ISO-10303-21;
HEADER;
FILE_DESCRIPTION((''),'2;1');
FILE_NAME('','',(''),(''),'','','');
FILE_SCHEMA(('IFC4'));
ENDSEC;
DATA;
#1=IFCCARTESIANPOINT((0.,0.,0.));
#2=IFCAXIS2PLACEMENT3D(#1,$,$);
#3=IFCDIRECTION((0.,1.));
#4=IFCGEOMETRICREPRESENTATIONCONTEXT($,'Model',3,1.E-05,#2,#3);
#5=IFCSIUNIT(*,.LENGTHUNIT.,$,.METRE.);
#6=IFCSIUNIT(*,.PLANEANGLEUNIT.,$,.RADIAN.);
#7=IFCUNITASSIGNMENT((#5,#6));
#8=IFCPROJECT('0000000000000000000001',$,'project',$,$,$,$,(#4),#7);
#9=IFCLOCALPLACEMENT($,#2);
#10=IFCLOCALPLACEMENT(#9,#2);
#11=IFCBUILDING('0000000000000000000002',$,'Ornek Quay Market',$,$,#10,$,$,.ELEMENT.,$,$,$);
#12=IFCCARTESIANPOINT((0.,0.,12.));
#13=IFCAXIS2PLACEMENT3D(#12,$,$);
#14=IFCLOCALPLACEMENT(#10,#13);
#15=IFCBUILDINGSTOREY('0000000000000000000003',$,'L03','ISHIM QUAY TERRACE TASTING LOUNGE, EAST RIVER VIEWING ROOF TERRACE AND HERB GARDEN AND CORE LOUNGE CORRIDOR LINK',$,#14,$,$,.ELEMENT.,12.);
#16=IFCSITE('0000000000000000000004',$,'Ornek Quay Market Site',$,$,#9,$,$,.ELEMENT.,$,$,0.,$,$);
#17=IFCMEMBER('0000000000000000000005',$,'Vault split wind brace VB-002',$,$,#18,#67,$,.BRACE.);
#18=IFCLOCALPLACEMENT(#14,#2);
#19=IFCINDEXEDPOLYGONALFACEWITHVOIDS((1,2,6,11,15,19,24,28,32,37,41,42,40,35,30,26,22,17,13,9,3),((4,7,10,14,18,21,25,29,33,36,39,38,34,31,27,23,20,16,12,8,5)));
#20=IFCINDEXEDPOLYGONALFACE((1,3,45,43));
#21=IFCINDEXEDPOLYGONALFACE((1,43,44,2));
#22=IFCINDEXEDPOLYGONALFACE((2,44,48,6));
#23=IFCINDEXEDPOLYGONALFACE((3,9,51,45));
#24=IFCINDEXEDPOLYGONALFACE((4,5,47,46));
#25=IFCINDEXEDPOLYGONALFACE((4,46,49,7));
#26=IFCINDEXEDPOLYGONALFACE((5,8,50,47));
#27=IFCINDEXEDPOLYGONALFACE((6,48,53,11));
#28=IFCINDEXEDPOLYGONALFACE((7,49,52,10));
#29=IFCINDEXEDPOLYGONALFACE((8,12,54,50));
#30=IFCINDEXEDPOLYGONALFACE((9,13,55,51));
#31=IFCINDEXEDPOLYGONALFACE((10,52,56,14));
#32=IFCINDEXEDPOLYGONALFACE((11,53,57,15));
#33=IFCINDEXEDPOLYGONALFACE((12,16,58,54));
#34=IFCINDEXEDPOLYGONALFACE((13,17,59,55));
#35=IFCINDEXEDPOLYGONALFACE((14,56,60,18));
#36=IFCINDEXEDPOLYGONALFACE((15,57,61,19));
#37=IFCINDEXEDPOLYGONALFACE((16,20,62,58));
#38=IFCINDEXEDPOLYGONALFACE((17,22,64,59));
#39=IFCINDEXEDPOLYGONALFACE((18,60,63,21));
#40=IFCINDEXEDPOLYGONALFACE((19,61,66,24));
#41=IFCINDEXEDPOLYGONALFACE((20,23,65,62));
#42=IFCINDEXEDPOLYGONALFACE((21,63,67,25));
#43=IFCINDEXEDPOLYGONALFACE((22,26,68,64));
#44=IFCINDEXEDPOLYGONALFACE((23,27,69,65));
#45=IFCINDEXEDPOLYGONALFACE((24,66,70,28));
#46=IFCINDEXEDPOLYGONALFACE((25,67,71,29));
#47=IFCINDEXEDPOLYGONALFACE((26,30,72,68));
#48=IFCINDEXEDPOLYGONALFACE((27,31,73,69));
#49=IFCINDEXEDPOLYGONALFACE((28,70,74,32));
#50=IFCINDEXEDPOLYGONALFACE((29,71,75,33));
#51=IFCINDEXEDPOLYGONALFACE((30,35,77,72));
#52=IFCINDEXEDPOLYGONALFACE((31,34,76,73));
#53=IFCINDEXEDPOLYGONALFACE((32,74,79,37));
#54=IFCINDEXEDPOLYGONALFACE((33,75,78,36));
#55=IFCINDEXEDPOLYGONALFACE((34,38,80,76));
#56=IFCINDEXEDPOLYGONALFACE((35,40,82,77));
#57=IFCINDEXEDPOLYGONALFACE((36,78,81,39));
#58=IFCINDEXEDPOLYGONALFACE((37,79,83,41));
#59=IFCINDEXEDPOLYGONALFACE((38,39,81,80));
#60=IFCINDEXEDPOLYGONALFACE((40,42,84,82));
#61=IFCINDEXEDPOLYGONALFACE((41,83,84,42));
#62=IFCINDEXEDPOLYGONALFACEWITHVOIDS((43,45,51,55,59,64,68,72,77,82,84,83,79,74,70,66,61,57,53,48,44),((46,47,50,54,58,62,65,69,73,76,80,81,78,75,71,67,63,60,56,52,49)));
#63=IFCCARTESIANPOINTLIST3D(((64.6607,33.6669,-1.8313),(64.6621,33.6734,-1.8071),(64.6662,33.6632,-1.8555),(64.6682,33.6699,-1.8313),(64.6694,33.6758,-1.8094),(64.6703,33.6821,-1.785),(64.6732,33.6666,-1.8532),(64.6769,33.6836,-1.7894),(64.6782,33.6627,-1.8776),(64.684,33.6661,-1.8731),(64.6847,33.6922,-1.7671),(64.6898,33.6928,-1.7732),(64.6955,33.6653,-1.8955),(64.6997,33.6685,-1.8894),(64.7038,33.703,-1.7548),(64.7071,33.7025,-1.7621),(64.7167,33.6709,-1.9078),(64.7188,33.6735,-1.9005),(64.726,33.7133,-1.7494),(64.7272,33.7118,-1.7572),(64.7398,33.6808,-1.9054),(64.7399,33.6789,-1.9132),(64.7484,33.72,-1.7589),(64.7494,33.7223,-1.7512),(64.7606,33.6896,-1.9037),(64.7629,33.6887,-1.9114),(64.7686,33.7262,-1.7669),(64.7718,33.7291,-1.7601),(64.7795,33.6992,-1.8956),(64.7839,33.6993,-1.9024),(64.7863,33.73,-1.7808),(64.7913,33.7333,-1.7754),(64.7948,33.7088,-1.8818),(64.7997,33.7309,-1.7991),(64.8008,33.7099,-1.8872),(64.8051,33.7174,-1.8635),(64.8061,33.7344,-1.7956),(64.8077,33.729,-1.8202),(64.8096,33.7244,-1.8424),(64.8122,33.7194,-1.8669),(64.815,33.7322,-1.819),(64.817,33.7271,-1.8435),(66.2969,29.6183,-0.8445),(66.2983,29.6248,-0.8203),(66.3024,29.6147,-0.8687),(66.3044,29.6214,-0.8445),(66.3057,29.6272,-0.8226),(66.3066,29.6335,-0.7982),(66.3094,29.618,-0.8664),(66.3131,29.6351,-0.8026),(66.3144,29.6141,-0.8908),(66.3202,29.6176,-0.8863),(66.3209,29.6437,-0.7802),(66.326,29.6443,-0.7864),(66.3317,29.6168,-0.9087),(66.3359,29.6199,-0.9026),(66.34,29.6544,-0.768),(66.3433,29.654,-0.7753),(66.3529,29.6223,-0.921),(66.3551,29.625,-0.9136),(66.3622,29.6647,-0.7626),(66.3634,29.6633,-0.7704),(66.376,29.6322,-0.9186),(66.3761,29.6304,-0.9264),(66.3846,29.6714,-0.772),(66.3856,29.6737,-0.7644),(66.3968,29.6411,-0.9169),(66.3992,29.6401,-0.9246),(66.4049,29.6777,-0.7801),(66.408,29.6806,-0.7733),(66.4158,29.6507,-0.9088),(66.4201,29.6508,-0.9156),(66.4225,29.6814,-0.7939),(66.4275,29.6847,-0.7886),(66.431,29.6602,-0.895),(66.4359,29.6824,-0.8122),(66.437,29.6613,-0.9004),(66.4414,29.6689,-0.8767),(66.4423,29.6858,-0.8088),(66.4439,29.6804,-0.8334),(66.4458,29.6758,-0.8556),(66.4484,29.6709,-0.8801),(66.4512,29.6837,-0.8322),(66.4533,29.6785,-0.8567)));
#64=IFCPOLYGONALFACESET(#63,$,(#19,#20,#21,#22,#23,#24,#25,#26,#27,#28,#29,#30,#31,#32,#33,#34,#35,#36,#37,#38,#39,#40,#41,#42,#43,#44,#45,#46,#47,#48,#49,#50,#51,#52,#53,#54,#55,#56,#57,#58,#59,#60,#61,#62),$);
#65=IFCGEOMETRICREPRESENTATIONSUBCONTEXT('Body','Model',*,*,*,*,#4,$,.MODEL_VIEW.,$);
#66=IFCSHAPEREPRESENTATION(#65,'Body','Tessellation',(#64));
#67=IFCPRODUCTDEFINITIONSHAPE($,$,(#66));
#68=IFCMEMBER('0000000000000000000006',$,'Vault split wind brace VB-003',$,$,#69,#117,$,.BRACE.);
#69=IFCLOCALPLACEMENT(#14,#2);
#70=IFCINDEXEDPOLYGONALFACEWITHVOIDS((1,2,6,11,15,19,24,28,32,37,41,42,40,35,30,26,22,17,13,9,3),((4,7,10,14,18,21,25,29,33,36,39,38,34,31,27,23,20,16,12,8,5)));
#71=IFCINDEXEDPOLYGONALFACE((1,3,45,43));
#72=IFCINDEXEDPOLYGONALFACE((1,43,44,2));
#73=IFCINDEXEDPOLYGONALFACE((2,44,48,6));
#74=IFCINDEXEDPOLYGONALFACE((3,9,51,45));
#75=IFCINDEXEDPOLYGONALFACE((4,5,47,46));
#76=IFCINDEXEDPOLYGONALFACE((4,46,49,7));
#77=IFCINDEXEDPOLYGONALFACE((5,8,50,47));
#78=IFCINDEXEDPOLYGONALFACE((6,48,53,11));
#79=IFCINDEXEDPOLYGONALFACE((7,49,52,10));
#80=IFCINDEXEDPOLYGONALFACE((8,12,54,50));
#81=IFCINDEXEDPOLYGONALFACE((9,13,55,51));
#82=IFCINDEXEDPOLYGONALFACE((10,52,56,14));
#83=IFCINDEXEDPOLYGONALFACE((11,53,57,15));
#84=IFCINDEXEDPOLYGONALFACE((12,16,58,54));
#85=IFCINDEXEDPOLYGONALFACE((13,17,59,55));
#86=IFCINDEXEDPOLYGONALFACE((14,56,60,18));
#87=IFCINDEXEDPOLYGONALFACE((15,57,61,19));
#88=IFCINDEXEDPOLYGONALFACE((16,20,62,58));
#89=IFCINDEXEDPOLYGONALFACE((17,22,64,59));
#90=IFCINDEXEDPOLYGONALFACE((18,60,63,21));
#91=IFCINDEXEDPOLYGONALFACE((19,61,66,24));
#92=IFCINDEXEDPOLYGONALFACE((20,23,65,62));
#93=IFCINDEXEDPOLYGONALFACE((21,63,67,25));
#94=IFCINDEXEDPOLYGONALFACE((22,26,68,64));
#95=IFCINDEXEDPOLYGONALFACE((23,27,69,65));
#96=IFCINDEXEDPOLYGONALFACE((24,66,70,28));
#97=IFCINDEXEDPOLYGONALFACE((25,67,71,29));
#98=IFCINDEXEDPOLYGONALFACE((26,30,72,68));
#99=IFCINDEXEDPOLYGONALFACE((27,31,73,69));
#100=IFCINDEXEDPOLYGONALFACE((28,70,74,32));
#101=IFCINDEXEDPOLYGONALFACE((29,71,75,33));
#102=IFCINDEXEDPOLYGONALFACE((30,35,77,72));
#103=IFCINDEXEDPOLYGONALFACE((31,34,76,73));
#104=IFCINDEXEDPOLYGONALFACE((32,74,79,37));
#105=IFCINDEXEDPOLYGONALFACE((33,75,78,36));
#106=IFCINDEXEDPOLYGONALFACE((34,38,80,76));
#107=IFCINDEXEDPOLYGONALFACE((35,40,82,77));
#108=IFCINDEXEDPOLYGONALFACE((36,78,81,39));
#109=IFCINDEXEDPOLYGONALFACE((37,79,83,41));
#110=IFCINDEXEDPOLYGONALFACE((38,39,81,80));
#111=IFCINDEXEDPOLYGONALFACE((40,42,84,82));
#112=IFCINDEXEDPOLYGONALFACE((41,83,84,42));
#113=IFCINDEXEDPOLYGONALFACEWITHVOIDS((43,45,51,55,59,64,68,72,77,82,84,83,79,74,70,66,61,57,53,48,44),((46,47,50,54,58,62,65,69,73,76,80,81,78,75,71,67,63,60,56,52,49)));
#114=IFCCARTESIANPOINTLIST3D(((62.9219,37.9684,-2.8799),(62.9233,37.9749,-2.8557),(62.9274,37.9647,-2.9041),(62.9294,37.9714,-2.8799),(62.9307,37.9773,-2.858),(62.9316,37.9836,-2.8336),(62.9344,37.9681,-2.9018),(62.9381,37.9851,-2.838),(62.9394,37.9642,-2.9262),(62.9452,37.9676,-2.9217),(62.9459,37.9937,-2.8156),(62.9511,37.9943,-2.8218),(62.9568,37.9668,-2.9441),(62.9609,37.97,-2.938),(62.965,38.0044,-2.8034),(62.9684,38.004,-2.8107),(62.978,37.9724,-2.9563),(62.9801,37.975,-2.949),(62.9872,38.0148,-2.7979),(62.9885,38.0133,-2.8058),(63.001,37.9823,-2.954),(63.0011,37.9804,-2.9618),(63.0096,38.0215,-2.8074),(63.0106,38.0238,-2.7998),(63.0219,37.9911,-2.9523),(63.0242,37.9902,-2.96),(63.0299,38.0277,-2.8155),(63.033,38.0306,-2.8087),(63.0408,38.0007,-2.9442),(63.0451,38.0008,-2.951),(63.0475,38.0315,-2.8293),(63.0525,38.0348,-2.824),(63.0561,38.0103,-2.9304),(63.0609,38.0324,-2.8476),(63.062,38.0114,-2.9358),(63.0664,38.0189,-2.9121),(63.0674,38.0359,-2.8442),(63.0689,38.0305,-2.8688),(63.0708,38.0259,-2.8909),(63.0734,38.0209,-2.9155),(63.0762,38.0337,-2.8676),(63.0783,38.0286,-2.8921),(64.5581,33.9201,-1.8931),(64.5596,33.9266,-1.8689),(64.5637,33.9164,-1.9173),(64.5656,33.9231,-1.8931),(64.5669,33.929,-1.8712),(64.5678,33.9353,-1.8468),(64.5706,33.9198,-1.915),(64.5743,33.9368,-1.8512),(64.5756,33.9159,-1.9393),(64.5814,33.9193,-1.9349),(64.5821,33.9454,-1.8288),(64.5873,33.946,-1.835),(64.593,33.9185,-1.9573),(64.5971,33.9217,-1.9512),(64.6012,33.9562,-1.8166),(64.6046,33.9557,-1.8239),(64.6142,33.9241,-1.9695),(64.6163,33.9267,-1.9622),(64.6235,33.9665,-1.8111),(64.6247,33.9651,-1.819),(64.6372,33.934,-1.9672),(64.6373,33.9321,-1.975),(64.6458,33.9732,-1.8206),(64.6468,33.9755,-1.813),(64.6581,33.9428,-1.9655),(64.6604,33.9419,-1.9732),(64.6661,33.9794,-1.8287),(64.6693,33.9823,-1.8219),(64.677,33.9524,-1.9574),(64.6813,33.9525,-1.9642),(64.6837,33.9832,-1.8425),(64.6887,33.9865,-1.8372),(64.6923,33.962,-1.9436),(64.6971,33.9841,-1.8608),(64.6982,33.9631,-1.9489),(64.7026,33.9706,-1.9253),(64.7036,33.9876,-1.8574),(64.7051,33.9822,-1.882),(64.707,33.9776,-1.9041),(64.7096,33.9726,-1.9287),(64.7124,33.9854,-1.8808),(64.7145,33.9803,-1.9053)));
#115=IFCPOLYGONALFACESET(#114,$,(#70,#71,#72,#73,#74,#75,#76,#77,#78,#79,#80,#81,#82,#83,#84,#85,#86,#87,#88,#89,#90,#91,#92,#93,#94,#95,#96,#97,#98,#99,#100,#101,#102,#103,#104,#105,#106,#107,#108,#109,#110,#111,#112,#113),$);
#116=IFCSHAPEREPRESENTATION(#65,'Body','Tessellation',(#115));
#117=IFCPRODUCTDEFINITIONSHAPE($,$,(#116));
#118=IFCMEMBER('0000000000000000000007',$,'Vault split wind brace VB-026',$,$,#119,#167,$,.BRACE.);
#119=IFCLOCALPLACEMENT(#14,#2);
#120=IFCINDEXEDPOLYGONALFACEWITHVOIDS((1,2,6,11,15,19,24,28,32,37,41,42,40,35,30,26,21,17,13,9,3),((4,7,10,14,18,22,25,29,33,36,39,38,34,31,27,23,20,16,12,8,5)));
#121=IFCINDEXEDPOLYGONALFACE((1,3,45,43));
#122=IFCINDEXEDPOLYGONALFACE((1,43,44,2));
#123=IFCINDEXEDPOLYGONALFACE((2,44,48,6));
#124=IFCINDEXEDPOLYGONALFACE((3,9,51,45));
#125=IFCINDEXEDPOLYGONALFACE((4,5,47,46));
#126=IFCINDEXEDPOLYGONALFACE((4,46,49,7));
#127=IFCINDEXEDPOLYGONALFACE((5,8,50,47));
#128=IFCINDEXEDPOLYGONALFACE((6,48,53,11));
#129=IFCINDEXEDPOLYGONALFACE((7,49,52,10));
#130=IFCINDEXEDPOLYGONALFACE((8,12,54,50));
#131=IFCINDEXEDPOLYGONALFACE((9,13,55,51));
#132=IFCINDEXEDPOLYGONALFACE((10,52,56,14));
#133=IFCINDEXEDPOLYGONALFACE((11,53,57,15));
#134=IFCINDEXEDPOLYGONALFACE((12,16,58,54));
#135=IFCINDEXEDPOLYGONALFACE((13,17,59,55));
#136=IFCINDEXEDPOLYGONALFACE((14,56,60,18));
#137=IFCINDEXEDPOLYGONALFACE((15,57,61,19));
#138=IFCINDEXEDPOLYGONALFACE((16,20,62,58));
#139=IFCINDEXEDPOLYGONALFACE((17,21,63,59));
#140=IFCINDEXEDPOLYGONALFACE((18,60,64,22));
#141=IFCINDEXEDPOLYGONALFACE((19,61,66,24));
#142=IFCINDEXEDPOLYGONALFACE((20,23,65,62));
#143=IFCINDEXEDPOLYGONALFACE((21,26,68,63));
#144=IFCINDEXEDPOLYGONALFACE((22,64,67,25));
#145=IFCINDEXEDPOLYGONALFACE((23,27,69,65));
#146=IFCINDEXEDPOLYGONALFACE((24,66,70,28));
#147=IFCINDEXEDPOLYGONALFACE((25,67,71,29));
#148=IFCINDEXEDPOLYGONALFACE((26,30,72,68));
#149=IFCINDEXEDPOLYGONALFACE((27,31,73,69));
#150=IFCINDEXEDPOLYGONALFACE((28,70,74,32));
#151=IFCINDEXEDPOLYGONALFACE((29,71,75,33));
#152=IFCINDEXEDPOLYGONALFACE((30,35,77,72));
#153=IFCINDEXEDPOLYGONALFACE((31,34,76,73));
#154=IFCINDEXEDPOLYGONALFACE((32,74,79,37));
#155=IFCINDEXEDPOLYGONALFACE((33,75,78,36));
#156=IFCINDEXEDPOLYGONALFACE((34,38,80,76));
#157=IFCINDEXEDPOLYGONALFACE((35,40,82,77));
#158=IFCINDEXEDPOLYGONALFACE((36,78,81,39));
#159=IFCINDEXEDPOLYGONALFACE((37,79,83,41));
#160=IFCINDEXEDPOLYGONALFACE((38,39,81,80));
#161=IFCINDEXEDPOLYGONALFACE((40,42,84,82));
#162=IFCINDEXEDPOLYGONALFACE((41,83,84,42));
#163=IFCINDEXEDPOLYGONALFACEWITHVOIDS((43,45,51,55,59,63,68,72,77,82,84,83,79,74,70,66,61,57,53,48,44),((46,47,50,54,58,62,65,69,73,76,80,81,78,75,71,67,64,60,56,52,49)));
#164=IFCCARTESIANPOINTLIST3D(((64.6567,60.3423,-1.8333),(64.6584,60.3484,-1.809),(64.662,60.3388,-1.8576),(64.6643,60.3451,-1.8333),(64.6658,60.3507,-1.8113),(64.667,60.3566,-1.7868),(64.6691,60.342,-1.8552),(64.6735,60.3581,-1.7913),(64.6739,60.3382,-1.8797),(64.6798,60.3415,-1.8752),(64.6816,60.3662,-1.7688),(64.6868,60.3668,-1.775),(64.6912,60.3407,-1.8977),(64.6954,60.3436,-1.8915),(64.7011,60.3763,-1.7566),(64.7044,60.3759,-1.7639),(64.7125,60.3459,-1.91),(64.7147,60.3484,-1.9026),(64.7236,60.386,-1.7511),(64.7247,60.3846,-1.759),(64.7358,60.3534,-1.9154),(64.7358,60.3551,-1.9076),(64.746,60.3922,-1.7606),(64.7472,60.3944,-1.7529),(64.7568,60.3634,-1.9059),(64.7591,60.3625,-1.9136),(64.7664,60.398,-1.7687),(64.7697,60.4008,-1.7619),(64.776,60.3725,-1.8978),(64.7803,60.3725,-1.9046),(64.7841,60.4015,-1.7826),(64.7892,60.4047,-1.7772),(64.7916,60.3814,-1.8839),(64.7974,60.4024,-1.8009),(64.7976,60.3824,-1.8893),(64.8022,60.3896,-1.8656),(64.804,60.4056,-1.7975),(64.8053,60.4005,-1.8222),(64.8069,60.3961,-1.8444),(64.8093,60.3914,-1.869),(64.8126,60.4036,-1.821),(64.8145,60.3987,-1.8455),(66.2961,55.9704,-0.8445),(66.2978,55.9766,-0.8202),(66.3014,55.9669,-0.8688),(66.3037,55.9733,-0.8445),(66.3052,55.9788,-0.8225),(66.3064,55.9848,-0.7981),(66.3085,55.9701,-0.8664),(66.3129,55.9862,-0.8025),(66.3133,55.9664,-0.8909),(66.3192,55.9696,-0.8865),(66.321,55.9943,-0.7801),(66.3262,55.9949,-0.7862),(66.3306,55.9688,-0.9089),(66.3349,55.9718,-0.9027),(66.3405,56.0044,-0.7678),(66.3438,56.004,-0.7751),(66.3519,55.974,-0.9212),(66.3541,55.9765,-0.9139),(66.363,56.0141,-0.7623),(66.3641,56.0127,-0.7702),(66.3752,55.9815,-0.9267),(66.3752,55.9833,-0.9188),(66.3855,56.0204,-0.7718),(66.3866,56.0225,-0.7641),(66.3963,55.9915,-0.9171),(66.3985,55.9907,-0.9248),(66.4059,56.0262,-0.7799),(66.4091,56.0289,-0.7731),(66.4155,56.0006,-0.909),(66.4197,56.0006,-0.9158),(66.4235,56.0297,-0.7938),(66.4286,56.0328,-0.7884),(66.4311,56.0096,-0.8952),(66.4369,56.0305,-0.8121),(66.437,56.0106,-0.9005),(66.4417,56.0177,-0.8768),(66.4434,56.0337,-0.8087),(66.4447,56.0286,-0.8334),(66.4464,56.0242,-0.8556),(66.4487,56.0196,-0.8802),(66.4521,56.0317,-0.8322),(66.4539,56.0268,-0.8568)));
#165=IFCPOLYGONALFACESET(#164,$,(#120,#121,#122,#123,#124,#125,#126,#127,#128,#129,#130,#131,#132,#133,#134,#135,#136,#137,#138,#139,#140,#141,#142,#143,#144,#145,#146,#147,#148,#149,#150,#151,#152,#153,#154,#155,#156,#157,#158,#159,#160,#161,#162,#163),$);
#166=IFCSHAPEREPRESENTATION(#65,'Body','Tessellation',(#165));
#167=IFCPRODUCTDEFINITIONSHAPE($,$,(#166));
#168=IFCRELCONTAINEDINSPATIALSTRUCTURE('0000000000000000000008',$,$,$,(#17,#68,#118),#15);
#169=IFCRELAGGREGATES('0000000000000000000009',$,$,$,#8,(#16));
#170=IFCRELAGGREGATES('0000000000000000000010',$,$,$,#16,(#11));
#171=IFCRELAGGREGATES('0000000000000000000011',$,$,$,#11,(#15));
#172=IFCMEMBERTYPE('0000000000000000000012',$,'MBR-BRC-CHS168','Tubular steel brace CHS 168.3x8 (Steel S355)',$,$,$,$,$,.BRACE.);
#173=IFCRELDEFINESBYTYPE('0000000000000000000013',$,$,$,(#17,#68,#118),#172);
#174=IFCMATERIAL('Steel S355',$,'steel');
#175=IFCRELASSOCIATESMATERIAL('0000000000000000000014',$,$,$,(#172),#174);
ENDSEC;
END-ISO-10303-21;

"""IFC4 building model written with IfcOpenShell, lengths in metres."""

from ifc_helpers import new_model, si_unit, direction, frame, origin, origin_2d, place, context, subcontext, project, spatial, hollow_circle, extrude, material, material_profile, profile_set, type_object, element, save


model = new_model("IFC4")

# Units and contexts
model_context = context("Model", 3, precision=1e-05, world=origin(), true_north=direction((0.0, 1.0)))
body_context = subcontext(model_context, "Body", "Model", "MODEL_VIEW")
ifc_project = project(units=[si_unit("LENGTHUNIT", "METRE"), si_unit("PLANEANGLEUNIT", "RADIAN")], contexts=[model_context])

# Site, building, storey
site_placement = place(None, origin())
site = spatial("IfcSite", under=ifc_project, at=site_placement, Name="Ornek Quay Market Site", CompositionType="ELEMENT", RefElevation=0.0)
building_placement = place(site_placement, origin())
building = spatial("IfcBuilding", under=site, at=building_placement, Name="Ornek Quay Market", CompositionType="ELEMENT")
storey_placement = place(building_placement, frame((0.0, 0.0, 12.0)))
storey = spatial("IfcBuildingStorey", under=building, at=storey_placement, Name="L03", Description="ISHIM QUAY TERRACE TASTING LOUNGE, EAST RIVER VIEWING ROOF TERRACE AND HERB GARDEN AND CORE LOUNGE CORRIDOR LINK", CompositionType="ELEMENT", Elevation=12.0)

# Shared definitions
ifc_material_1 = material(Name="Steel S355", Category="steel")

# Members
ifc_material_profile_1 = material_profile(ifc_material_1, hollow_circle(Radius=0.0842, WallThickness=0.0081, at=origin_2d()), Name="CHS 168.3x8", Category="steel")
ifc_profile_set_1 = profile_set([ifc_material_profile_1], Name="Steel S355")
member_type_1 = type_object("IfcMemberType", Name="MBR-BRC-CHS168", Description="Tubular steel brace CHS 168.3x8 (Steel S355)", PredefinedType="BRACE", material=ifc_profile_set_1)
member_1_placement = place(storey_placement, frame((66.375, 29.6499, -0.8445), z_axis=(-0.365488, 0.90434, -0.220427), x_axis=(-0.927144, -0.374704, 0.0)))
element("IfcMember", 1, at=member_1_placement, inside=storey, type_object=member_type_1, Name="Vault split wind brace VB-002", PredefinedType="BRACE", context=body_context, shape_type="SweptSolid", body=[
    extrude(hollow_circle(Radius=0.0842, WallThickness=0.0081, at=origin_2d()), origin(), (0.0, 0.0, 1.0), 4.4768),
])
member_2_placement = place(storey_placement, frame((64.6362, 33.9517, -1.8931), z_axis=(-0.365506, 0.90433, -0.220438), x_axis=(-0.927137, -0.374724, 0.0)))
element("IfcMember", 2, at=member_2_placement, inside=storey, type_object=member_type_1, Name="Vault split wind brace VB-003", PredefinedType="BRACE", context=body_context, shape_type="SweptSolid", body=[
    extrude(hollow_circle(Radius=0.0842, WallThickness=0.0081, at=origin_2d()), origin(), (0.0, 0.0, 1.0), 4.4766),
])
member_3_placement = place(storey_placement, frame((66.375, 56.0, -0.8445), z_axis=(-0.3435, 0.916017, -0.207174), x_axis=(-0.936331, -0.351118, 0.0)))
element("IfcMember", 3, at=member_3_placement, inside=storey, type_object=member_type_1, Name="Vault split wind brace VB-026", PredefinedType="BRACE", context=body_context, shape_type="SweptSolid", body=[
    extrude(hollow_circle(Radius=0.0842, WallThickness=0.0081, at=origin_2d()), origin(), (0.0, 0.0, 1.0), 4.7727),
])

save(model, "model.ifc")
